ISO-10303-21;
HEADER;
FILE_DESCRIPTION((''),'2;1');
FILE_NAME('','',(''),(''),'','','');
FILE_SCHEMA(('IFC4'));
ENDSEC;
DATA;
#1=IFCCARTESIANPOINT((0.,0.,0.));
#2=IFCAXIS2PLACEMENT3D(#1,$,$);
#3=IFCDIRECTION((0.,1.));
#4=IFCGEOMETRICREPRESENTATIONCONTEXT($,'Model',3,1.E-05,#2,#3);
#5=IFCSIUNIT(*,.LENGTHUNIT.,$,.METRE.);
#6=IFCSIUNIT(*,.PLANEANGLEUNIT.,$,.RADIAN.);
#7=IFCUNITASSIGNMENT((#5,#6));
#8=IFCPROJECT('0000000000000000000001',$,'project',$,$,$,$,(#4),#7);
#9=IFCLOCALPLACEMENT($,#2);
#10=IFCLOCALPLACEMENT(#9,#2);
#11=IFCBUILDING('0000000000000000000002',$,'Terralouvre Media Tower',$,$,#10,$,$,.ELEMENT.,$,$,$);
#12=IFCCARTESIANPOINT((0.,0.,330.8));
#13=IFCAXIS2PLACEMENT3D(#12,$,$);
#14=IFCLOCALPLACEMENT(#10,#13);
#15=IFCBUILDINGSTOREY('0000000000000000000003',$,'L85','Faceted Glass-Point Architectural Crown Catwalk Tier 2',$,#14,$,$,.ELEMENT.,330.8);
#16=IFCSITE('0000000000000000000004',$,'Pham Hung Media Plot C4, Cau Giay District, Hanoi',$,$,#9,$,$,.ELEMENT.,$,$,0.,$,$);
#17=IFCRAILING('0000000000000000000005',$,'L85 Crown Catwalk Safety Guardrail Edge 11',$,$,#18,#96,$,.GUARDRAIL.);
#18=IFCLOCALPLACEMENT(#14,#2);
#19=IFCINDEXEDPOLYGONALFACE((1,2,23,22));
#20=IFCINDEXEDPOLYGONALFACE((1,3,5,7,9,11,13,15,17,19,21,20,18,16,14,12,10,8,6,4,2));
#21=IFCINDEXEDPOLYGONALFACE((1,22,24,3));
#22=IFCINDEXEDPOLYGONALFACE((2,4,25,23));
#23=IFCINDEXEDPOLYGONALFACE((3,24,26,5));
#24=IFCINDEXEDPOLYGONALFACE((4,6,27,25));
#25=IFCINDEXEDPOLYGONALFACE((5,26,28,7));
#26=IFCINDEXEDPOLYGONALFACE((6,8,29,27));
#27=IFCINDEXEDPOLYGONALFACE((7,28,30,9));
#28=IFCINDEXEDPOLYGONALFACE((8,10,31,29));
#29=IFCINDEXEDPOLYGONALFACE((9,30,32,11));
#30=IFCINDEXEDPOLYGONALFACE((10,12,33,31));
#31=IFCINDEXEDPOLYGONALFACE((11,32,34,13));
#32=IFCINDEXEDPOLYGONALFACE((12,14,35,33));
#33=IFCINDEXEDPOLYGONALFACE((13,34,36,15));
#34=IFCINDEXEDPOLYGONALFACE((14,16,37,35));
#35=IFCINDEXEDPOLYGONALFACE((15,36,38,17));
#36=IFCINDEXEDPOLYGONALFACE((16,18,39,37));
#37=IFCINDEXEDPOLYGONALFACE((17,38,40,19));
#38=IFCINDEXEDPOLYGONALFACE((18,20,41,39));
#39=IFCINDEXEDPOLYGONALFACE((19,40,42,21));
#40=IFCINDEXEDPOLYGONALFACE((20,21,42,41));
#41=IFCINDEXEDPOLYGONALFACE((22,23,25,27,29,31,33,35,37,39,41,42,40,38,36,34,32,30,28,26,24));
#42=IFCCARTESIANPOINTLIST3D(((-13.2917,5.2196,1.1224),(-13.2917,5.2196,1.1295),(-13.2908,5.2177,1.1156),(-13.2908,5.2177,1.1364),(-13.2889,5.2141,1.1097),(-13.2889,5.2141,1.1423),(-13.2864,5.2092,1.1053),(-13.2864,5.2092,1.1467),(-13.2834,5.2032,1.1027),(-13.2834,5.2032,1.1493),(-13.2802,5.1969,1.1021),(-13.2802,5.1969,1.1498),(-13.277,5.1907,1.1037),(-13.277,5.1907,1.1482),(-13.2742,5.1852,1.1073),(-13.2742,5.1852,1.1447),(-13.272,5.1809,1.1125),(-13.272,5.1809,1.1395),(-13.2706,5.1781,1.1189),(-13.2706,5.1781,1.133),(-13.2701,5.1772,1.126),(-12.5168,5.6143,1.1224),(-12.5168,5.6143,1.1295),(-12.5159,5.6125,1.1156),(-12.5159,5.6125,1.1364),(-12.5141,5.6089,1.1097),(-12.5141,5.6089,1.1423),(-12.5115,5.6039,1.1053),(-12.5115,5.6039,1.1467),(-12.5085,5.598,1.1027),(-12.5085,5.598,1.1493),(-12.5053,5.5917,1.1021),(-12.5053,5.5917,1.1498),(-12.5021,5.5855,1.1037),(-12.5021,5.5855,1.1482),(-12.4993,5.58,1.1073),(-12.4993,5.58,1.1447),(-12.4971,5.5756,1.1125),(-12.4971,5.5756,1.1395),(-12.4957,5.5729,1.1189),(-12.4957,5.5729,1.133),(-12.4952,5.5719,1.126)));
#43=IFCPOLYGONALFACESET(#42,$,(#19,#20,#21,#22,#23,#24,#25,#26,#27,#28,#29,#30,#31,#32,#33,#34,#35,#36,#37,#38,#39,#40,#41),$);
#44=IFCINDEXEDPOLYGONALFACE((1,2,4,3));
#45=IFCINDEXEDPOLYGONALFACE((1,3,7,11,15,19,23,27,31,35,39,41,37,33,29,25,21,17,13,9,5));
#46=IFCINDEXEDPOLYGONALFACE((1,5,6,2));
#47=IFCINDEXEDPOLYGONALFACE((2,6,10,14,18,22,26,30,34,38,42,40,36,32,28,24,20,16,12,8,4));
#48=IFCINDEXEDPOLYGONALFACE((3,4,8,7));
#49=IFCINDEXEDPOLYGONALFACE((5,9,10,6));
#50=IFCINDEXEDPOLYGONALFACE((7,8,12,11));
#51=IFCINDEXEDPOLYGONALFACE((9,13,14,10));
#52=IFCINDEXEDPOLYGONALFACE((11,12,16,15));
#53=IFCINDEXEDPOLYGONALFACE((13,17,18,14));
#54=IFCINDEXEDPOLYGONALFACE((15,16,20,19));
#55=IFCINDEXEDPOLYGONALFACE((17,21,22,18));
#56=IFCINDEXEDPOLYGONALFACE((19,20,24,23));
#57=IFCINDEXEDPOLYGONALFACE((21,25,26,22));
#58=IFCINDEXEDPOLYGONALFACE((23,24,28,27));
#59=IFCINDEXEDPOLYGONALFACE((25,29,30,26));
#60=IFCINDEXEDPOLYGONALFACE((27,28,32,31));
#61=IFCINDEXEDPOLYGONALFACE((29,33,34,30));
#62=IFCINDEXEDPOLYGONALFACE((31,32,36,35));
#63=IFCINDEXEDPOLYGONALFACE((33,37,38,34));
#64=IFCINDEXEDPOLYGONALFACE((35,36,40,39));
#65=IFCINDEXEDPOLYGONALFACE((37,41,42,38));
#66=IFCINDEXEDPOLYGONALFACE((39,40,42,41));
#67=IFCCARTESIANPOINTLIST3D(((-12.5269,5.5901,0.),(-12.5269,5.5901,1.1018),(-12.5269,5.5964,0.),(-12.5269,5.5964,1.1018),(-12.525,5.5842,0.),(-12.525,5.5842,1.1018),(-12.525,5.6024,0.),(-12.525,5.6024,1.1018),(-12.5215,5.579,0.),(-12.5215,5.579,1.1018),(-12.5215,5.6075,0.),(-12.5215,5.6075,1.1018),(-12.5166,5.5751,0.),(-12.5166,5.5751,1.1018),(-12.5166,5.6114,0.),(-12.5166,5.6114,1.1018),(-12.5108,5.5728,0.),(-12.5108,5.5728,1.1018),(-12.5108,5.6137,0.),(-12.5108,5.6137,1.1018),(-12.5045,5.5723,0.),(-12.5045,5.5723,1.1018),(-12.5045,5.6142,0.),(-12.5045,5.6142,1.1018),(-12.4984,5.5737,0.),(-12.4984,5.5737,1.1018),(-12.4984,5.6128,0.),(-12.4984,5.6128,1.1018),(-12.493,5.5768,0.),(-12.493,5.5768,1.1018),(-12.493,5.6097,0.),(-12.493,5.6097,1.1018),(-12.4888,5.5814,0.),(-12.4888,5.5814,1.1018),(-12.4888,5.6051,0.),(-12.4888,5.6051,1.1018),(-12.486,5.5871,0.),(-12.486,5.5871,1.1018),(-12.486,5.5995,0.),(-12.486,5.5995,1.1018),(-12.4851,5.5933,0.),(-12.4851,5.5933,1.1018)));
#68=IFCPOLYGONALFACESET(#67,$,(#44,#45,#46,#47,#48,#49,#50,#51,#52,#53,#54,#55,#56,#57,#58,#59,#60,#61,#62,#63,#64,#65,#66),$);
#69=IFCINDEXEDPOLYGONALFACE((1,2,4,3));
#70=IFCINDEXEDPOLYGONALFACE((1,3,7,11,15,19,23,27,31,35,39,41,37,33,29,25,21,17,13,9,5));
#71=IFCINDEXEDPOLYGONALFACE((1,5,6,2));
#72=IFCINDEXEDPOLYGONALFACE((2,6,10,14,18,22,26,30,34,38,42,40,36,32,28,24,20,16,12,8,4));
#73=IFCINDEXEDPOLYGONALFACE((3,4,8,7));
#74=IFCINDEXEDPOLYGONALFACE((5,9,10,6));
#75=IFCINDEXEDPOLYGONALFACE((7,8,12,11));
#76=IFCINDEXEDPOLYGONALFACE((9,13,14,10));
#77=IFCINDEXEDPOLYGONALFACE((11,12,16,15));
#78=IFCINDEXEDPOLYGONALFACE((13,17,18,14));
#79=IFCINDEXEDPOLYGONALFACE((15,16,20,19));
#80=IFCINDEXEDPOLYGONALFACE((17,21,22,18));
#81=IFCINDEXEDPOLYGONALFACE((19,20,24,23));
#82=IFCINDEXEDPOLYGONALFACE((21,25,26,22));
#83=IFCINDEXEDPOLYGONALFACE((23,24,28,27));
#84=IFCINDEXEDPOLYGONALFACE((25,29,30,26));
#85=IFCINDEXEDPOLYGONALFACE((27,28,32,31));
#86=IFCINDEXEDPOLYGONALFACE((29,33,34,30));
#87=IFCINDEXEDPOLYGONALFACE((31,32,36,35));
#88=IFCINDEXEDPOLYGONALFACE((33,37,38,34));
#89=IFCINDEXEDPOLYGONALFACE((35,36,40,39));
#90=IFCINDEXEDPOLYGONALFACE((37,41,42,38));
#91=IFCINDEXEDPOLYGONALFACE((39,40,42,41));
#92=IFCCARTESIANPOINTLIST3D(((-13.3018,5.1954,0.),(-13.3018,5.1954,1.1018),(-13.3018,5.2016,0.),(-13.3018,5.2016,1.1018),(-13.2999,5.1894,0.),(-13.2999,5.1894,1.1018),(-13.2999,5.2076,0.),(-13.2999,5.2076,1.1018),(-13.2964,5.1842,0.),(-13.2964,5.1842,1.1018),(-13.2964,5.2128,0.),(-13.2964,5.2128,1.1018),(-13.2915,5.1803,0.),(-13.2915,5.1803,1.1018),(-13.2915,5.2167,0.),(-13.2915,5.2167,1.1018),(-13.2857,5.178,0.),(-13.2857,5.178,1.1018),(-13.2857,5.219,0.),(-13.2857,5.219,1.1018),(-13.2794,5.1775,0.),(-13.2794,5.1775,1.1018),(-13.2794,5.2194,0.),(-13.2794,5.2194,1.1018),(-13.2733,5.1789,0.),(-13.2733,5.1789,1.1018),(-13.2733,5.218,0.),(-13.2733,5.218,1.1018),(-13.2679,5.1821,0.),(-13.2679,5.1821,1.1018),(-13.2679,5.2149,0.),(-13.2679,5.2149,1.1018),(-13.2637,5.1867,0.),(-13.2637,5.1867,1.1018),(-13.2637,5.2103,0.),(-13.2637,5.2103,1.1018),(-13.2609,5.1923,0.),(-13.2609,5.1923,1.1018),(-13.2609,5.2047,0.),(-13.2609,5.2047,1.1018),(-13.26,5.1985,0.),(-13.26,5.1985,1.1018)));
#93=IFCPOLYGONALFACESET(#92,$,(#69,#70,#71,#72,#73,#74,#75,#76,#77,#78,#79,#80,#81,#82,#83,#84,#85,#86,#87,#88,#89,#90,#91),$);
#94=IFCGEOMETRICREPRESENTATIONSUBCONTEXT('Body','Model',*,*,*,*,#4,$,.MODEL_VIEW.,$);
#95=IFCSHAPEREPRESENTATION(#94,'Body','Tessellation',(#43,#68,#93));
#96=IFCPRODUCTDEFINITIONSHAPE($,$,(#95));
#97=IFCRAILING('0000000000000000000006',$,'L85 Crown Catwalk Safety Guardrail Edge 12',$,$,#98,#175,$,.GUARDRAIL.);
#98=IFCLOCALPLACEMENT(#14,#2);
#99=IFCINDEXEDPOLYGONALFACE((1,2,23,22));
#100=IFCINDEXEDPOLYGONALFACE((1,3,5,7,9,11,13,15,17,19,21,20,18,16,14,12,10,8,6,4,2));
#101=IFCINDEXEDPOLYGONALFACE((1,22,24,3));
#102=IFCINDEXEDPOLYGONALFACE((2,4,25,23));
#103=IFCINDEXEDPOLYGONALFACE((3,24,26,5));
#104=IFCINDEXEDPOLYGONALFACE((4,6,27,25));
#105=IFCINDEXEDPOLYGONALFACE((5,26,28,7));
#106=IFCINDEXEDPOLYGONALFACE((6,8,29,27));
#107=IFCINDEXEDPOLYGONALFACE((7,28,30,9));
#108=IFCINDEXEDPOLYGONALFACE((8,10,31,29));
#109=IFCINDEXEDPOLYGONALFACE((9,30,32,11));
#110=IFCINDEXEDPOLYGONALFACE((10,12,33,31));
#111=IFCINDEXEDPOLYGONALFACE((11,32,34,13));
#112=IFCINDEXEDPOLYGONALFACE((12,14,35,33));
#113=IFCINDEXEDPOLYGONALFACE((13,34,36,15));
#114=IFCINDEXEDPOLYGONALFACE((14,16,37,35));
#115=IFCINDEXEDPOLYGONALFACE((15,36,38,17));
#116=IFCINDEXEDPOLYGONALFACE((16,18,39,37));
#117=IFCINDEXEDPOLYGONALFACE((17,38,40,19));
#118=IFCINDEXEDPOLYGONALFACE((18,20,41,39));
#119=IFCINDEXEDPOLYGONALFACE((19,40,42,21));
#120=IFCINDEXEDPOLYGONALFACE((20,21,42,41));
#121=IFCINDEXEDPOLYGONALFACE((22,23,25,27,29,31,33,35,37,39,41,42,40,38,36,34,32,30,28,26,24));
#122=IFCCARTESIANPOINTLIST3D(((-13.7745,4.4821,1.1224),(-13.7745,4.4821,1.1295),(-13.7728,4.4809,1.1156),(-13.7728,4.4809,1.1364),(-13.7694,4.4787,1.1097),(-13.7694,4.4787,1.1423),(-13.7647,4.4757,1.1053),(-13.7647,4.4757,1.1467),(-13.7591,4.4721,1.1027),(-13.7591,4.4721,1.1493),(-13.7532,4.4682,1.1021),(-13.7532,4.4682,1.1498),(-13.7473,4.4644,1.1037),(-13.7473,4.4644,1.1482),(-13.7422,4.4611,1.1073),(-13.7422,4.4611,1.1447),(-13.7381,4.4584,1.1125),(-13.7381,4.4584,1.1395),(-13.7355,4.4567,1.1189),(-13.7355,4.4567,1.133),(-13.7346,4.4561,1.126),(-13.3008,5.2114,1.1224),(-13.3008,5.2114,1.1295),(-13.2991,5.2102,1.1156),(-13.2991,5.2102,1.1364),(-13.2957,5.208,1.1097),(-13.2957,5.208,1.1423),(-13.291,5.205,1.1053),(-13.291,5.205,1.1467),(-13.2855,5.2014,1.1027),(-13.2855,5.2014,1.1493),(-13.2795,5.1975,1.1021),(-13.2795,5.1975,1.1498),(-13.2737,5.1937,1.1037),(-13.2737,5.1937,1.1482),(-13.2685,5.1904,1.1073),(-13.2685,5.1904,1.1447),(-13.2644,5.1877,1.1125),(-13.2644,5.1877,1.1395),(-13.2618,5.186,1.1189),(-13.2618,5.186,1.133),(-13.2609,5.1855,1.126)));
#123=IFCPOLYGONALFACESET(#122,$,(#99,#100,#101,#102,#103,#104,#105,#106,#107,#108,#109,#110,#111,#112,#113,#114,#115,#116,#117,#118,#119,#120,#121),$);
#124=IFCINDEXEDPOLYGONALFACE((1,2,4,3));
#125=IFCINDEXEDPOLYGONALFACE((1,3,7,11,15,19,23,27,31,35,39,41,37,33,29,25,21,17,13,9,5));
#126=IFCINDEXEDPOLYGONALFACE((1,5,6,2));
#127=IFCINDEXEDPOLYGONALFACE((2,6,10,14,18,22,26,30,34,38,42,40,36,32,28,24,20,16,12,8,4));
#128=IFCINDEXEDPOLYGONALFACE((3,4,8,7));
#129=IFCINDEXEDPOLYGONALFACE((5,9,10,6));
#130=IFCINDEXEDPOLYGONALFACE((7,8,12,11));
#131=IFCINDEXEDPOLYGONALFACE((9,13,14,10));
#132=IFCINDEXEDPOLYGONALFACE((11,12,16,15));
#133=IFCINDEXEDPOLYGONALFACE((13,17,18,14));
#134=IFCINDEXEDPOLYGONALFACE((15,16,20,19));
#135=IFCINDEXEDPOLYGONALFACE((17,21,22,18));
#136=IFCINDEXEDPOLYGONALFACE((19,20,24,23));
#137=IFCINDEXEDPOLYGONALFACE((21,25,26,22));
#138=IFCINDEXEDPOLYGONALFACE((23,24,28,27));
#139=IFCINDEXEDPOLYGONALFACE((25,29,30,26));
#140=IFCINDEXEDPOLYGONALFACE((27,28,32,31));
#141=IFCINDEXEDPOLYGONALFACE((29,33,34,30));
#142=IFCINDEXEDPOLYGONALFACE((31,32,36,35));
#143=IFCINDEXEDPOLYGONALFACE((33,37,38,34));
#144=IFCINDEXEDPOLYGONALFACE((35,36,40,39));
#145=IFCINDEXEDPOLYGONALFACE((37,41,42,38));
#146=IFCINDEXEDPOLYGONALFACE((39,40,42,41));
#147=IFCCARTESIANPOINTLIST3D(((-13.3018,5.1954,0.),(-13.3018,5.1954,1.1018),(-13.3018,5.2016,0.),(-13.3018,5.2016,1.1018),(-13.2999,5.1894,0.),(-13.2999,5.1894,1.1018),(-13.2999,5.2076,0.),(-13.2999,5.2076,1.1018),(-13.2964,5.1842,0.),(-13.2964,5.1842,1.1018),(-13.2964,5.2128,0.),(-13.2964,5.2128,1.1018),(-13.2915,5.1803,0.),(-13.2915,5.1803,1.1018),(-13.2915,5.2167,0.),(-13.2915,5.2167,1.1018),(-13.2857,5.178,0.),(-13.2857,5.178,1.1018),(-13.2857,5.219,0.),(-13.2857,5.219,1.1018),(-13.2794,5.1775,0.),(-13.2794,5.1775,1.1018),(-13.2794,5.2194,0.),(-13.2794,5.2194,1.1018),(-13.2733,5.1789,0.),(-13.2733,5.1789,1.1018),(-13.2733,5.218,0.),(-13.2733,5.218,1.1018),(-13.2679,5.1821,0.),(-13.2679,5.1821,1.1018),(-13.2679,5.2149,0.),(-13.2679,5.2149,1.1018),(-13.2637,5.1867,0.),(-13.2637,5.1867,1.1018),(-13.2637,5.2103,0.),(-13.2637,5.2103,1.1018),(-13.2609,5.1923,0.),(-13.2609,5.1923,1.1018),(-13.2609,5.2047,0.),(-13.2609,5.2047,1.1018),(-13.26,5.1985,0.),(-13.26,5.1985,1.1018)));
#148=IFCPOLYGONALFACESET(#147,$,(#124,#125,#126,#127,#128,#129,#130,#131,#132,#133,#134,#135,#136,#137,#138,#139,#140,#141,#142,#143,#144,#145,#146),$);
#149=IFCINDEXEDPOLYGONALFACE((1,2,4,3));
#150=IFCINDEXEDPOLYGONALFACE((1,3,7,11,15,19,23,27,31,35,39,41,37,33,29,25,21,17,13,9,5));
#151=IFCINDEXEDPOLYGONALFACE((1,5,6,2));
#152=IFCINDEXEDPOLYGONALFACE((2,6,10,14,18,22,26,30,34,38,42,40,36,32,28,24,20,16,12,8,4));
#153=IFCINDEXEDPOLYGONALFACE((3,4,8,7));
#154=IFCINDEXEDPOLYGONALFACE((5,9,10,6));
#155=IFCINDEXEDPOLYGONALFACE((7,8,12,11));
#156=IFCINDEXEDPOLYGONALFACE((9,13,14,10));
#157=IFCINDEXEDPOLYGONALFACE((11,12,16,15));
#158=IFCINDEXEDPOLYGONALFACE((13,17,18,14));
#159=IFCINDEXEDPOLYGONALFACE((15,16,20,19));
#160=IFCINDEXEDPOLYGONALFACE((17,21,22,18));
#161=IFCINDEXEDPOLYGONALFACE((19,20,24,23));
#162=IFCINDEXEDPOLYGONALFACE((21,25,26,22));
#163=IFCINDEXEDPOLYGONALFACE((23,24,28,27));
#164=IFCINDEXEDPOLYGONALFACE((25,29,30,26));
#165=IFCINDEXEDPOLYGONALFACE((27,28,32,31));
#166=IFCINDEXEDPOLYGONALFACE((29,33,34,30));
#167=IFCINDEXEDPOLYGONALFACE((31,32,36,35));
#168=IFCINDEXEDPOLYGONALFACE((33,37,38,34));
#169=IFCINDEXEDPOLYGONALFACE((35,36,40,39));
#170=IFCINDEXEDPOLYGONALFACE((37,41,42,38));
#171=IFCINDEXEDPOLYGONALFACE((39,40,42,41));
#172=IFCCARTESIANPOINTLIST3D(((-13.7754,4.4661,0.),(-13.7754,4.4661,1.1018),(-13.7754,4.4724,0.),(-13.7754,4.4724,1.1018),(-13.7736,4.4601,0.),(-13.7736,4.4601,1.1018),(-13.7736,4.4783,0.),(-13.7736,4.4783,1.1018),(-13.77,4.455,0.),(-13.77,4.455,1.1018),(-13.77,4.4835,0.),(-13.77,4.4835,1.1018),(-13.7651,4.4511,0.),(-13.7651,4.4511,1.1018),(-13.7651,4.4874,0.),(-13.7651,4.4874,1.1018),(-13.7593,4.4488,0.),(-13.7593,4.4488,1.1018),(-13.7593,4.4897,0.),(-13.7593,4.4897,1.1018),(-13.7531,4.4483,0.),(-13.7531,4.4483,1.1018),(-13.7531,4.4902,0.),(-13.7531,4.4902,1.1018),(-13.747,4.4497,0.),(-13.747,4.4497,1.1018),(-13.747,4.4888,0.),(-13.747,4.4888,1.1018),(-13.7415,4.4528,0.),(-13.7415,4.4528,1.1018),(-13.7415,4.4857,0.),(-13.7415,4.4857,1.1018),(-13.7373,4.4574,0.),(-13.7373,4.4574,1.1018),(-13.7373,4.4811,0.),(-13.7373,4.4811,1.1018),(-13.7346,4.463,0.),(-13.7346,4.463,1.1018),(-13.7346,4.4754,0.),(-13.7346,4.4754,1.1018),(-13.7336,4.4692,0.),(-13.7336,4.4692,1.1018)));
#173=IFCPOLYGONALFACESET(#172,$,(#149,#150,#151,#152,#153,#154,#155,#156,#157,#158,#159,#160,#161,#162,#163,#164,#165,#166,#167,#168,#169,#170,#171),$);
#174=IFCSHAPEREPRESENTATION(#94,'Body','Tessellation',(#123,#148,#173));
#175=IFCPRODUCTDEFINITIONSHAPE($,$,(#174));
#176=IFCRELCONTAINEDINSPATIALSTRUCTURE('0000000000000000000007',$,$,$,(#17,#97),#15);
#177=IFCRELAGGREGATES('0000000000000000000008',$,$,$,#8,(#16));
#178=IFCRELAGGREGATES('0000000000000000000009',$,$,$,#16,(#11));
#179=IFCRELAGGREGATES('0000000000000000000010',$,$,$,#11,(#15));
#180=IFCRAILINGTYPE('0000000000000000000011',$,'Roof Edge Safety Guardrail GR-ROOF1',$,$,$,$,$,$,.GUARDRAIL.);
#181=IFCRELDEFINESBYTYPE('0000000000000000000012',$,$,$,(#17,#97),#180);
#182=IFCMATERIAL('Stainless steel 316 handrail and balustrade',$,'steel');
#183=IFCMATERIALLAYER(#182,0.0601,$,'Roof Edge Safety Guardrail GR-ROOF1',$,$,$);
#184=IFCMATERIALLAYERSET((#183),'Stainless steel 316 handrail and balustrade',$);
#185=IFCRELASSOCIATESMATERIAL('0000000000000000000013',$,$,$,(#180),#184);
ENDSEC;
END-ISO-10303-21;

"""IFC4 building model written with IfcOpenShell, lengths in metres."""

from ifc_helpers import new_model, si_unit, direction, frame, origin, origin_2d, place, context, subcontext, project, spatial, circle, extrude, material, layer, layer_set, type_object, element, save


model = new_model("IFC4")

# Units and contexts
model_context = context("Model", 3, precision=1e-05, world=origin(), true_north=direction((0.0, 1.0)))
body_context = subcontext(model_context, "Body", "Model", "MODEL_VIEW")
ifc_project = project(units=[si_unit("LENGTHUNIT", "METRE"), si_unit("PLANEANGLEUNIT", "RADIAN")], contexts=[model_context])

# Site, building, storey
site_placement = place(None, origin())
site = spatial("IfcSite", under=ifc_project, at=site_placement, Name="Pham Hung Media Plot C4, Cau Giay District, Hanoi", CompositionType="ELEMENT", RefElevation=0.0)
building_placement = place(site_placement, origin())
building = spatial("IfcBuilding", under=site, at=building_placement, Name="Terralouvre Media Tower", CompositionType="ELEMENT")
storey_placement = place(building_placement, frame((0.0, 0.0, 330.8)))
storey = spatial("IfcBuildingStorey", under=building, at=storey_placement, Name="L85", Description="Faceted Glass-Point Architectural Crown Catwalk Tier 2", CompositionType="ELEMENT", Elevation=330.8)

# Railings
ifc_material_1 = material(Name="Stainless steel 316 handrail and balustrade", Category="steel")
ifc_layer_1 = layer(ifc_material_1, 0.0601, Name="Roof Edge Safety Guardrail GR-ROOF1")
ifc_layer_set_1 = layer_set([ifc_layer_1], Name="Stainless steel 316 handrail and balustrade")
railing_type = type_object("IfcRailingType", Name="Roof Edge Safety Guardrail GR-ROOF1", PredefinedType="GUARDRAIL", material=ifc_layer_set_1)
railing_1_placement = place(storey_placement, frame((-12.5061, 5.5933, 0.0)))
element("IfcRailing", 1, at=railing_1_placement, inside=storey, type_object=railing_type, Name="L85 Crown Catwalk Safety Guardrail Edge 11", PredefinedType="GUARDRAIL", context=body_context, shape_type="SweptSolid", body=[
    extrude(circle(Radius=0.0239, at=origin_2d()), frame((0.0, 0.0, 1.126), z_axis=(-0.891033, -0.453938, 0.0), x_axis=(0.453938, -0.891033, 0.0)), (0.0, 0.0, 1.0), 0.8696),
    extrude(circle(Radius=0.021, at=origin_2d()), origin(), (0.0, 0.0, 1.0), 1.1018),
    extrude(circle(Radius=0.021, at=origin_2d()), frame((-0.7749, -0.3948, 0.0)), (0.0, 0.0, 1.0), 1.1018),
])
railing_2_placement = place(storey_placement, frame((-13.281, 5.1985, 0.0)))
element("IfcRailing", 2, at=railing_2_placement, inside=storey, type_object=railing_type, Name="L85 Crown Catwalk Safety Guardrail Edge 12", PredefinedType="GUARDRAIL", context=body_context, shape_type="SweptSolid", body=[
    extrude(circle(Radius=0.0239, at=origin_2d()), frame((0.0, 0.0, 1.126), z_axis=(-0.544682, -0.838642, 0.0), x_axis=(0.838642, -0.544682, 0.0)), (0.0, 0.0, 1.0), 0.8696),
    extrude(circle(Radius=0.021, at=origin_2d()), origin(), (0.0, 0.0, 1.0), 1.1018),
    extrude(circle(Radius=0.021, at=origin_2d()), frame((-0.4736, -0.7292, 0.0)), (0.0, 0.0, 1.0), 1.1018),
])

save(model, "model.ifc")
